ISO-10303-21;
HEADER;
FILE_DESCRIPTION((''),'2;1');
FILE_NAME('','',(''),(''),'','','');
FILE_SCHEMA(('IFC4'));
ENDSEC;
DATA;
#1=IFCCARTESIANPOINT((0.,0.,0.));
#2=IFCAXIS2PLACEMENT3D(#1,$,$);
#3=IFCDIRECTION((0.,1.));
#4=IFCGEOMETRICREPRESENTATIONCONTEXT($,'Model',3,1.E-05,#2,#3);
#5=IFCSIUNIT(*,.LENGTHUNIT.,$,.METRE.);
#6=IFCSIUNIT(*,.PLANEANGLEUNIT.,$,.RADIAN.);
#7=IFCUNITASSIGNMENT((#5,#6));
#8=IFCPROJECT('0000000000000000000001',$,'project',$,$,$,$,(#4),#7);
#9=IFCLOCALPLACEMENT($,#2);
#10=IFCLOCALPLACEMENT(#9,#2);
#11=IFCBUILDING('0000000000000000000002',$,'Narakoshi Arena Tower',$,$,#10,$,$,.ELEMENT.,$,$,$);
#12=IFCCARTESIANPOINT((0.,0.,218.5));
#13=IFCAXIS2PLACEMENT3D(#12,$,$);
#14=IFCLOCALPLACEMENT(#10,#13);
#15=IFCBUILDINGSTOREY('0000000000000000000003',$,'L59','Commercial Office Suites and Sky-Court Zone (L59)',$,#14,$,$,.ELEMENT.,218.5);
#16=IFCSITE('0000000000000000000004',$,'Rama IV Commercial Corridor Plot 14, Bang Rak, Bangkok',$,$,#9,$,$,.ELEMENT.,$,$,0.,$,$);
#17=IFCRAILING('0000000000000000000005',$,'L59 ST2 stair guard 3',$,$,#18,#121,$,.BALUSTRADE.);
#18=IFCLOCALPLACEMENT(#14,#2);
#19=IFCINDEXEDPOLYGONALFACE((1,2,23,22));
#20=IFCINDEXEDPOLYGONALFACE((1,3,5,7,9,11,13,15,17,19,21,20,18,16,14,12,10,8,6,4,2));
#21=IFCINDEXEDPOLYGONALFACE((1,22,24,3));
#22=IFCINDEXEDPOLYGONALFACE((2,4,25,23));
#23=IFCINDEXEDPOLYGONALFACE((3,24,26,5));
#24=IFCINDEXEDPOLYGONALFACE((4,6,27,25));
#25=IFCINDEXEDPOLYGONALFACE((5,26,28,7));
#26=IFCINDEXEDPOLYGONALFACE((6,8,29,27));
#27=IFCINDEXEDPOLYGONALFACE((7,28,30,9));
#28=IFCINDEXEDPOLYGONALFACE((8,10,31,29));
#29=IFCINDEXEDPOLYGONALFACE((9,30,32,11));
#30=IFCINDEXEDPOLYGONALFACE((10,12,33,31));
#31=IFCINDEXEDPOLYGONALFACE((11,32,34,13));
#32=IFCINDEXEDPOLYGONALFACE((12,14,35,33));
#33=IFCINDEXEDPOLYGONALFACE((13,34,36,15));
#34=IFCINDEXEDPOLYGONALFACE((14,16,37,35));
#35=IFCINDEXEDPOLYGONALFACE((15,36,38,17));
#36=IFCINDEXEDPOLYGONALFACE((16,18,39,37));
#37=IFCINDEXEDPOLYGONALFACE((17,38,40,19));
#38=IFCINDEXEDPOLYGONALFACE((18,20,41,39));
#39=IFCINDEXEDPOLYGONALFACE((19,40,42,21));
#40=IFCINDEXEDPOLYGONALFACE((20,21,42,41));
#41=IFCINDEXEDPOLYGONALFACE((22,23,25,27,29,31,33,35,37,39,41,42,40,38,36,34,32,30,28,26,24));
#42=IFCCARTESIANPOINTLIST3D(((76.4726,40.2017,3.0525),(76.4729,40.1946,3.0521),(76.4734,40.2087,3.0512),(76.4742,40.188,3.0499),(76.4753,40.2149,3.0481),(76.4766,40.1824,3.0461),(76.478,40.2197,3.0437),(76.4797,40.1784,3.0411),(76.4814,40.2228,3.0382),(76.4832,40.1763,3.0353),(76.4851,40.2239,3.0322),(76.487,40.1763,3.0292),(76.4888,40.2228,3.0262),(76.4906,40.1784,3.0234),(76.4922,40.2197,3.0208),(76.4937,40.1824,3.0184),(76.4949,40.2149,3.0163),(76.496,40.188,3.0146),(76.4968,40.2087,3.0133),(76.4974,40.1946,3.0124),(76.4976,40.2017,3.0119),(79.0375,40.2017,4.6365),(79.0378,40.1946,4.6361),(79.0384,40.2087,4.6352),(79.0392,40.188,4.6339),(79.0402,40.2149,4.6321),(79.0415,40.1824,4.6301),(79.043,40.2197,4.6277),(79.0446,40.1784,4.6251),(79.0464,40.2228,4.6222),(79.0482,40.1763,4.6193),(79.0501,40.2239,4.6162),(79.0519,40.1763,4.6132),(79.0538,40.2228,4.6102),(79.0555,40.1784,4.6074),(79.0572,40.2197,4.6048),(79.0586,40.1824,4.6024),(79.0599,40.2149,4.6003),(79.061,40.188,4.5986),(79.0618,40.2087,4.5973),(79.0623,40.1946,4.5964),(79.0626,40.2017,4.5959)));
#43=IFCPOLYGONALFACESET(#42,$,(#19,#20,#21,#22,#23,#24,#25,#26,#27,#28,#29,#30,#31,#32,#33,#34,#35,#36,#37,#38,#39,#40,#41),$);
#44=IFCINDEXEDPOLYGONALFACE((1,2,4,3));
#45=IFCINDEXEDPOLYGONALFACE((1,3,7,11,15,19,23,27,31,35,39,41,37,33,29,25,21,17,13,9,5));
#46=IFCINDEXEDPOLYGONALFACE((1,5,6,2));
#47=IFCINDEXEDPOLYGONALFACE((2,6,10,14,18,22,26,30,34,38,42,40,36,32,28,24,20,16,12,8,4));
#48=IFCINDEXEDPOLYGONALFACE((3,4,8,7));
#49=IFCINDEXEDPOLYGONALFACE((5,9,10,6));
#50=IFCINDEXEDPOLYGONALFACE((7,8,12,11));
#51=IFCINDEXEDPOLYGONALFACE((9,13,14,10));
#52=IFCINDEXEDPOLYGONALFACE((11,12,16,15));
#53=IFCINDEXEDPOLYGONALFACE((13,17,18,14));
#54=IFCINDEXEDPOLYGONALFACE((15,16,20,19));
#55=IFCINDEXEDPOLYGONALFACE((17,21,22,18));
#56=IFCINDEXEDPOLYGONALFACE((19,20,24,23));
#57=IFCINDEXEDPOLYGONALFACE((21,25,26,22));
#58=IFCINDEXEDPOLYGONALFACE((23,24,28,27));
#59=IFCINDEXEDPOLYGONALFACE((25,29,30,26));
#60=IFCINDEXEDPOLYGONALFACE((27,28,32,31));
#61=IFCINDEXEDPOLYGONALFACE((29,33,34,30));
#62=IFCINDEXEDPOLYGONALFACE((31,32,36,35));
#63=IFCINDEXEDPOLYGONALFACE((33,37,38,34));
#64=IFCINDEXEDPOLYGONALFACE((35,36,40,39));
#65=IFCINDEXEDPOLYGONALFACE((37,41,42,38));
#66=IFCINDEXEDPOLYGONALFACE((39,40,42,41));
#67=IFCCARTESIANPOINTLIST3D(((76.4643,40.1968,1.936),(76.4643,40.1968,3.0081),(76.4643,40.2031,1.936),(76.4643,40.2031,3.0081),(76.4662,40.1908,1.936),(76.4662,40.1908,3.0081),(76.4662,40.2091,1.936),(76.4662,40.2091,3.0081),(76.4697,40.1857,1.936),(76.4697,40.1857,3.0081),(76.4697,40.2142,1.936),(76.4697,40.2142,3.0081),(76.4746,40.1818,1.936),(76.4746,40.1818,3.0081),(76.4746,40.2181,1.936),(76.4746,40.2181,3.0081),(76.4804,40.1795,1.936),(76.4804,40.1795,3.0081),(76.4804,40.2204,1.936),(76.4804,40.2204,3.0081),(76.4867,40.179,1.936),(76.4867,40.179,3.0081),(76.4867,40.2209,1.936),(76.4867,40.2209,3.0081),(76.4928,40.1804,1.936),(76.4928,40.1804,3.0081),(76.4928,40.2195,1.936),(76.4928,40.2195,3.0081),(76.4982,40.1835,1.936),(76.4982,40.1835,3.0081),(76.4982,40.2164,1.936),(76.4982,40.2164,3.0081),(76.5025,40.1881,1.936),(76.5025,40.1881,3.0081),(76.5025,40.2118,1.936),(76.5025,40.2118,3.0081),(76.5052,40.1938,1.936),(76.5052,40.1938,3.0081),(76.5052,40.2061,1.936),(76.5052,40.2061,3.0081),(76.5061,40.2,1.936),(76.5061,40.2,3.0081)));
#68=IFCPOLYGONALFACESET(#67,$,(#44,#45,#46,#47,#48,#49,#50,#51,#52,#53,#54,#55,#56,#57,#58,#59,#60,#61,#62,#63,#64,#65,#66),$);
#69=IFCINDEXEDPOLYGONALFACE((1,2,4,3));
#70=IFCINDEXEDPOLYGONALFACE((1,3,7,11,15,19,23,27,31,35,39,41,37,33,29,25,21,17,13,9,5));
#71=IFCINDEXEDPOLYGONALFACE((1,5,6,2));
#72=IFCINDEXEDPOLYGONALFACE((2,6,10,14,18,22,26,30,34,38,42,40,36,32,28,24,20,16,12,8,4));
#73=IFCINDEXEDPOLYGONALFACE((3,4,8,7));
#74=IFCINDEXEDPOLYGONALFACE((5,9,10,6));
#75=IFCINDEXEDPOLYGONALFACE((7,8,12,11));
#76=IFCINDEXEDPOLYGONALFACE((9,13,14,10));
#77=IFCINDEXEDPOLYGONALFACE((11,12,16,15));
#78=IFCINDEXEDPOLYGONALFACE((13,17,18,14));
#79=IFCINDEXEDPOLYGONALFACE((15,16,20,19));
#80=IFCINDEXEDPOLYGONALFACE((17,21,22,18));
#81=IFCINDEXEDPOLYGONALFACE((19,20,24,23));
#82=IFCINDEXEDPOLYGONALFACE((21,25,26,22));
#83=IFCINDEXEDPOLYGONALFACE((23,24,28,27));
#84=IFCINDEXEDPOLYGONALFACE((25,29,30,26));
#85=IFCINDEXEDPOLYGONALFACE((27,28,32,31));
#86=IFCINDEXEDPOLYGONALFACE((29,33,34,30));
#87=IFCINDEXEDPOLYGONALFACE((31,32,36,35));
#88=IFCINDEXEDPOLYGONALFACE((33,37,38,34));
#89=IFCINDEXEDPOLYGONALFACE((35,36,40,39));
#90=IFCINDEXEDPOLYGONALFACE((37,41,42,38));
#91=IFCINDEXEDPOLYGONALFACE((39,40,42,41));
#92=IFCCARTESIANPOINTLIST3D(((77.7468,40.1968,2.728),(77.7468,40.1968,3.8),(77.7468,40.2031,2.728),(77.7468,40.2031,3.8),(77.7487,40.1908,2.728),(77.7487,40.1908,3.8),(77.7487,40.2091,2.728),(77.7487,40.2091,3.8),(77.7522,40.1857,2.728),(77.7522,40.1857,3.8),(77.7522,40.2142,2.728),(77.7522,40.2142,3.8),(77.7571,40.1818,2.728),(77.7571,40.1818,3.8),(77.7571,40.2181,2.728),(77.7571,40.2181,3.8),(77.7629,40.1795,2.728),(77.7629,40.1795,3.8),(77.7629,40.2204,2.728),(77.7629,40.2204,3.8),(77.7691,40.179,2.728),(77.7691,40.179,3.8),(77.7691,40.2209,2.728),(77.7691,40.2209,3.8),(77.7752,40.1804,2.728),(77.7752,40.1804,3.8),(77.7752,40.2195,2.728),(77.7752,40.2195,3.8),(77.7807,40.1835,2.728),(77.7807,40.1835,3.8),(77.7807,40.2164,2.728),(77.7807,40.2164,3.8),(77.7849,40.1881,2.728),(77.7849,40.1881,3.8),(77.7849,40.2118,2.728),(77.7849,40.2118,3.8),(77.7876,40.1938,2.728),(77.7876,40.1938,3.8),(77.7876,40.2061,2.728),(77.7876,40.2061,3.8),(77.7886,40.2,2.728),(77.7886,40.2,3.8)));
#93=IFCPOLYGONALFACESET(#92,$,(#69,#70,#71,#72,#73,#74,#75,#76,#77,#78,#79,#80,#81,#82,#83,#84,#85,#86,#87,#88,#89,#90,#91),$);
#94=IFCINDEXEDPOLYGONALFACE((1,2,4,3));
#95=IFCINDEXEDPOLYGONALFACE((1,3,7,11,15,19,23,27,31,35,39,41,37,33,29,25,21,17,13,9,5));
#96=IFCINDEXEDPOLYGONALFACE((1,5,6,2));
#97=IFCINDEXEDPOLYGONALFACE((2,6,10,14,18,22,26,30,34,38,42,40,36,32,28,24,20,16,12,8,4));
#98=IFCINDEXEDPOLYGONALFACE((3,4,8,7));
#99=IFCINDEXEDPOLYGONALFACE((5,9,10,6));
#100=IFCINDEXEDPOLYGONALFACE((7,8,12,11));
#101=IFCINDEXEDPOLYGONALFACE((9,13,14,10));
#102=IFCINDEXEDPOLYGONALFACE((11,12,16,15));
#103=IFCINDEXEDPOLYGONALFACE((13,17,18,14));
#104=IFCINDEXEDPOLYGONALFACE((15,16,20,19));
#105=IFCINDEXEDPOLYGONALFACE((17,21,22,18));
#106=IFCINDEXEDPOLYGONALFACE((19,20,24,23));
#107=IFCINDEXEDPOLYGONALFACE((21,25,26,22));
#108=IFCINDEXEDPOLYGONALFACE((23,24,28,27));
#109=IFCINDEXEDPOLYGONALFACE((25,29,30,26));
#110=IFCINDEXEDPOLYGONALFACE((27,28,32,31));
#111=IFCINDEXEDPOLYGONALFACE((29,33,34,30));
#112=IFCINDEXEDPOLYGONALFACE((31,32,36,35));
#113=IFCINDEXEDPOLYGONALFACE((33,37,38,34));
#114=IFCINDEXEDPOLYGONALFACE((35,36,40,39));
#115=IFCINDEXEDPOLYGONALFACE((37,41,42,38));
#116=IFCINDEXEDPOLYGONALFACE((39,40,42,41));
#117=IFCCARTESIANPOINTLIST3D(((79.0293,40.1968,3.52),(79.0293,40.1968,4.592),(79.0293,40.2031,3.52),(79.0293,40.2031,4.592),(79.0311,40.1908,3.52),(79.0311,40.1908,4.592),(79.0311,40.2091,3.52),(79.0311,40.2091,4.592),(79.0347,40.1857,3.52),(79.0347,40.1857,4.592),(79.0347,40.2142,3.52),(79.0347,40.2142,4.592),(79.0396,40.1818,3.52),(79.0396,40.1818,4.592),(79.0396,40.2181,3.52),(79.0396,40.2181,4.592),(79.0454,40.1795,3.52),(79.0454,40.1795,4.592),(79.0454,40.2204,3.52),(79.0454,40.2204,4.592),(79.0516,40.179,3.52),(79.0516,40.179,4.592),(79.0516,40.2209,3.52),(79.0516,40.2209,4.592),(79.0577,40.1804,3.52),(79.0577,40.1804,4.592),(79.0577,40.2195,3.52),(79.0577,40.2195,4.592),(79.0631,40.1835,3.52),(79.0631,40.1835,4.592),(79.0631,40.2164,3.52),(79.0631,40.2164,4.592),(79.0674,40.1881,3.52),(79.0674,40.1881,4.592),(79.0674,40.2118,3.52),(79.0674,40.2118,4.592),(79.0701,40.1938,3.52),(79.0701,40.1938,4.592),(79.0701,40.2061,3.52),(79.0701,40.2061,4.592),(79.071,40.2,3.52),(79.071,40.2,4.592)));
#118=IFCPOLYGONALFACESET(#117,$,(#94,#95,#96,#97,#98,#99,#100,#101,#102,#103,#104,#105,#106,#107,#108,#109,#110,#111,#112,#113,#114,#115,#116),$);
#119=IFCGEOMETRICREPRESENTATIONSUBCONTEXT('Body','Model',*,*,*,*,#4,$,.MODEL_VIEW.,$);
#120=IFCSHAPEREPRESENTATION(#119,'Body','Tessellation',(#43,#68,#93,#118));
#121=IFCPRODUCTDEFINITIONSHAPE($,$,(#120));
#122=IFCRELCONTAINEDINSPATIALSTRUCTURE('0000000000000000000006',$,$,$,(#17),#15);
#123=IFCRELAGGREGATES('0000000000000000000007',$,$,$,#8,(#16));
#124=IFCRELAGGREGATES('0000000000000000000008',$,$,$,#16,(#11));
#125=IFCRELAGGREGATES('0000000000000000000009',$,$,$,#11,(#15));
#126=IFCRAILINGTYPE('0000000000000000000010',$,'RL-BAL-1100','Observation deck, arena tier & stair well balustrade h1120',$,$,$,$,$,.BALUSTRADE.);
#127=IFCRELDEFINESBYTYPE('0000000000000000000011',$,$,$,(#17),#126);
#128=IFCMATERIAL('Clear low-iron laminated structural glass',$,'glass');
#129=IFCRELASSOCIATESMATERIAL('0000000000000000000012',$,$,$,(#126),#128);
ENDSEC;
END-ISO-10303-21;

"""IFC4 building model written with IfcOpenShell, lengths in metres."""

from ifc_helpers import new_model, si_unit, direction, frame, origin, origin_2d, place, context, subcontext, project, spatial, circle, extrude, material, type_object, element, save


model = new_model("IFC4")

# Units and contexts
model_context = context("Model", 3, precision=1e-05, world=origin(), true_north=direction((0.0, 1.0)))
body_context = subcontext(model_context, "Body", "Model", "MODEL_VIEW")
ifc_project = project(units=[si_unit("LENGTHUNIT", "METRE"), si_unit("PLANEANGLEUNIT", "RADIAN")], contexts=[model_context])

# Site, building, storey
site_placement = place(None, origin())
site = spatial("IfcSite", under=ifc_project, at=site_placement, Name="Rama IV Commercial Corridor Plot 14, Bang Rak, Bangkok", CompositionType="ELEMENT", RefElevation=0.0)
building_placement = place(site_placement, origin())
building = spatial("IfcBuilding", under=site, at=building_placement, Name="Narakoshi Arena Tower", CompositionType="ELEMENT")
storey_placement = place(building_placement, frame((0.0, 0.0, 218.5)))
storey = spatial("IfcBuildingStorey", under=building, at=storey_placement, Name="L59", Description="Commercial Office Suites and Sky-Court Zone (L59)", CompositionType="ELEMENT", Elevation=218.5)

# Railing
ifc_material_1 = material(Name="Clear low-iron laminated structural glass", Category="glass")
railing_type_1 = type_object("IfcRailingType", Name="RL-BAL-1100", Description="Observation deck, arena tier & stair well balustrade h1120", PredefinedType="BALUSTRADE", material=ifc_material_1)
railing_1_placement = place(storey_placement, frame((76.4851, 40.2, 1.936)))
element("IfcRailing", 1, at=railing_1_placement, inside=storey, type_object=railing_type_1, Name="L59 ST2 stair guard 3", PredefinedType="BALUSTRADE", context=body_context, shape_type="SweptSolid", body=[
    extrude(circle(Radius=0.0239, at=origin_2d()), frame((0.0, 0.0, 1.0962), z_axis=(0.850834, 0.0, 0.525434), x_axis=(0.0, 1.0, 0.0)), (0.0, 0.0, 1.0), 3.0146),
    extrude(circle(Radius=0.021, at=origin_2d()), origin(), (0.0, 0.0, 1.0), 1.072),
    extrude(circle(Radius=0.021, at=origin_2d()), frame((1.2825, 0.0, 0.792)), (0.0, 0.0, 1.0), 1.072),
    extrude(circle(Radius=0.021, at=origin_2d()), frame((2.5649, 0.0, 1.584)), (0.0, 0.0, 1.0), 1.072),
])

save(model, "model.ifc")
